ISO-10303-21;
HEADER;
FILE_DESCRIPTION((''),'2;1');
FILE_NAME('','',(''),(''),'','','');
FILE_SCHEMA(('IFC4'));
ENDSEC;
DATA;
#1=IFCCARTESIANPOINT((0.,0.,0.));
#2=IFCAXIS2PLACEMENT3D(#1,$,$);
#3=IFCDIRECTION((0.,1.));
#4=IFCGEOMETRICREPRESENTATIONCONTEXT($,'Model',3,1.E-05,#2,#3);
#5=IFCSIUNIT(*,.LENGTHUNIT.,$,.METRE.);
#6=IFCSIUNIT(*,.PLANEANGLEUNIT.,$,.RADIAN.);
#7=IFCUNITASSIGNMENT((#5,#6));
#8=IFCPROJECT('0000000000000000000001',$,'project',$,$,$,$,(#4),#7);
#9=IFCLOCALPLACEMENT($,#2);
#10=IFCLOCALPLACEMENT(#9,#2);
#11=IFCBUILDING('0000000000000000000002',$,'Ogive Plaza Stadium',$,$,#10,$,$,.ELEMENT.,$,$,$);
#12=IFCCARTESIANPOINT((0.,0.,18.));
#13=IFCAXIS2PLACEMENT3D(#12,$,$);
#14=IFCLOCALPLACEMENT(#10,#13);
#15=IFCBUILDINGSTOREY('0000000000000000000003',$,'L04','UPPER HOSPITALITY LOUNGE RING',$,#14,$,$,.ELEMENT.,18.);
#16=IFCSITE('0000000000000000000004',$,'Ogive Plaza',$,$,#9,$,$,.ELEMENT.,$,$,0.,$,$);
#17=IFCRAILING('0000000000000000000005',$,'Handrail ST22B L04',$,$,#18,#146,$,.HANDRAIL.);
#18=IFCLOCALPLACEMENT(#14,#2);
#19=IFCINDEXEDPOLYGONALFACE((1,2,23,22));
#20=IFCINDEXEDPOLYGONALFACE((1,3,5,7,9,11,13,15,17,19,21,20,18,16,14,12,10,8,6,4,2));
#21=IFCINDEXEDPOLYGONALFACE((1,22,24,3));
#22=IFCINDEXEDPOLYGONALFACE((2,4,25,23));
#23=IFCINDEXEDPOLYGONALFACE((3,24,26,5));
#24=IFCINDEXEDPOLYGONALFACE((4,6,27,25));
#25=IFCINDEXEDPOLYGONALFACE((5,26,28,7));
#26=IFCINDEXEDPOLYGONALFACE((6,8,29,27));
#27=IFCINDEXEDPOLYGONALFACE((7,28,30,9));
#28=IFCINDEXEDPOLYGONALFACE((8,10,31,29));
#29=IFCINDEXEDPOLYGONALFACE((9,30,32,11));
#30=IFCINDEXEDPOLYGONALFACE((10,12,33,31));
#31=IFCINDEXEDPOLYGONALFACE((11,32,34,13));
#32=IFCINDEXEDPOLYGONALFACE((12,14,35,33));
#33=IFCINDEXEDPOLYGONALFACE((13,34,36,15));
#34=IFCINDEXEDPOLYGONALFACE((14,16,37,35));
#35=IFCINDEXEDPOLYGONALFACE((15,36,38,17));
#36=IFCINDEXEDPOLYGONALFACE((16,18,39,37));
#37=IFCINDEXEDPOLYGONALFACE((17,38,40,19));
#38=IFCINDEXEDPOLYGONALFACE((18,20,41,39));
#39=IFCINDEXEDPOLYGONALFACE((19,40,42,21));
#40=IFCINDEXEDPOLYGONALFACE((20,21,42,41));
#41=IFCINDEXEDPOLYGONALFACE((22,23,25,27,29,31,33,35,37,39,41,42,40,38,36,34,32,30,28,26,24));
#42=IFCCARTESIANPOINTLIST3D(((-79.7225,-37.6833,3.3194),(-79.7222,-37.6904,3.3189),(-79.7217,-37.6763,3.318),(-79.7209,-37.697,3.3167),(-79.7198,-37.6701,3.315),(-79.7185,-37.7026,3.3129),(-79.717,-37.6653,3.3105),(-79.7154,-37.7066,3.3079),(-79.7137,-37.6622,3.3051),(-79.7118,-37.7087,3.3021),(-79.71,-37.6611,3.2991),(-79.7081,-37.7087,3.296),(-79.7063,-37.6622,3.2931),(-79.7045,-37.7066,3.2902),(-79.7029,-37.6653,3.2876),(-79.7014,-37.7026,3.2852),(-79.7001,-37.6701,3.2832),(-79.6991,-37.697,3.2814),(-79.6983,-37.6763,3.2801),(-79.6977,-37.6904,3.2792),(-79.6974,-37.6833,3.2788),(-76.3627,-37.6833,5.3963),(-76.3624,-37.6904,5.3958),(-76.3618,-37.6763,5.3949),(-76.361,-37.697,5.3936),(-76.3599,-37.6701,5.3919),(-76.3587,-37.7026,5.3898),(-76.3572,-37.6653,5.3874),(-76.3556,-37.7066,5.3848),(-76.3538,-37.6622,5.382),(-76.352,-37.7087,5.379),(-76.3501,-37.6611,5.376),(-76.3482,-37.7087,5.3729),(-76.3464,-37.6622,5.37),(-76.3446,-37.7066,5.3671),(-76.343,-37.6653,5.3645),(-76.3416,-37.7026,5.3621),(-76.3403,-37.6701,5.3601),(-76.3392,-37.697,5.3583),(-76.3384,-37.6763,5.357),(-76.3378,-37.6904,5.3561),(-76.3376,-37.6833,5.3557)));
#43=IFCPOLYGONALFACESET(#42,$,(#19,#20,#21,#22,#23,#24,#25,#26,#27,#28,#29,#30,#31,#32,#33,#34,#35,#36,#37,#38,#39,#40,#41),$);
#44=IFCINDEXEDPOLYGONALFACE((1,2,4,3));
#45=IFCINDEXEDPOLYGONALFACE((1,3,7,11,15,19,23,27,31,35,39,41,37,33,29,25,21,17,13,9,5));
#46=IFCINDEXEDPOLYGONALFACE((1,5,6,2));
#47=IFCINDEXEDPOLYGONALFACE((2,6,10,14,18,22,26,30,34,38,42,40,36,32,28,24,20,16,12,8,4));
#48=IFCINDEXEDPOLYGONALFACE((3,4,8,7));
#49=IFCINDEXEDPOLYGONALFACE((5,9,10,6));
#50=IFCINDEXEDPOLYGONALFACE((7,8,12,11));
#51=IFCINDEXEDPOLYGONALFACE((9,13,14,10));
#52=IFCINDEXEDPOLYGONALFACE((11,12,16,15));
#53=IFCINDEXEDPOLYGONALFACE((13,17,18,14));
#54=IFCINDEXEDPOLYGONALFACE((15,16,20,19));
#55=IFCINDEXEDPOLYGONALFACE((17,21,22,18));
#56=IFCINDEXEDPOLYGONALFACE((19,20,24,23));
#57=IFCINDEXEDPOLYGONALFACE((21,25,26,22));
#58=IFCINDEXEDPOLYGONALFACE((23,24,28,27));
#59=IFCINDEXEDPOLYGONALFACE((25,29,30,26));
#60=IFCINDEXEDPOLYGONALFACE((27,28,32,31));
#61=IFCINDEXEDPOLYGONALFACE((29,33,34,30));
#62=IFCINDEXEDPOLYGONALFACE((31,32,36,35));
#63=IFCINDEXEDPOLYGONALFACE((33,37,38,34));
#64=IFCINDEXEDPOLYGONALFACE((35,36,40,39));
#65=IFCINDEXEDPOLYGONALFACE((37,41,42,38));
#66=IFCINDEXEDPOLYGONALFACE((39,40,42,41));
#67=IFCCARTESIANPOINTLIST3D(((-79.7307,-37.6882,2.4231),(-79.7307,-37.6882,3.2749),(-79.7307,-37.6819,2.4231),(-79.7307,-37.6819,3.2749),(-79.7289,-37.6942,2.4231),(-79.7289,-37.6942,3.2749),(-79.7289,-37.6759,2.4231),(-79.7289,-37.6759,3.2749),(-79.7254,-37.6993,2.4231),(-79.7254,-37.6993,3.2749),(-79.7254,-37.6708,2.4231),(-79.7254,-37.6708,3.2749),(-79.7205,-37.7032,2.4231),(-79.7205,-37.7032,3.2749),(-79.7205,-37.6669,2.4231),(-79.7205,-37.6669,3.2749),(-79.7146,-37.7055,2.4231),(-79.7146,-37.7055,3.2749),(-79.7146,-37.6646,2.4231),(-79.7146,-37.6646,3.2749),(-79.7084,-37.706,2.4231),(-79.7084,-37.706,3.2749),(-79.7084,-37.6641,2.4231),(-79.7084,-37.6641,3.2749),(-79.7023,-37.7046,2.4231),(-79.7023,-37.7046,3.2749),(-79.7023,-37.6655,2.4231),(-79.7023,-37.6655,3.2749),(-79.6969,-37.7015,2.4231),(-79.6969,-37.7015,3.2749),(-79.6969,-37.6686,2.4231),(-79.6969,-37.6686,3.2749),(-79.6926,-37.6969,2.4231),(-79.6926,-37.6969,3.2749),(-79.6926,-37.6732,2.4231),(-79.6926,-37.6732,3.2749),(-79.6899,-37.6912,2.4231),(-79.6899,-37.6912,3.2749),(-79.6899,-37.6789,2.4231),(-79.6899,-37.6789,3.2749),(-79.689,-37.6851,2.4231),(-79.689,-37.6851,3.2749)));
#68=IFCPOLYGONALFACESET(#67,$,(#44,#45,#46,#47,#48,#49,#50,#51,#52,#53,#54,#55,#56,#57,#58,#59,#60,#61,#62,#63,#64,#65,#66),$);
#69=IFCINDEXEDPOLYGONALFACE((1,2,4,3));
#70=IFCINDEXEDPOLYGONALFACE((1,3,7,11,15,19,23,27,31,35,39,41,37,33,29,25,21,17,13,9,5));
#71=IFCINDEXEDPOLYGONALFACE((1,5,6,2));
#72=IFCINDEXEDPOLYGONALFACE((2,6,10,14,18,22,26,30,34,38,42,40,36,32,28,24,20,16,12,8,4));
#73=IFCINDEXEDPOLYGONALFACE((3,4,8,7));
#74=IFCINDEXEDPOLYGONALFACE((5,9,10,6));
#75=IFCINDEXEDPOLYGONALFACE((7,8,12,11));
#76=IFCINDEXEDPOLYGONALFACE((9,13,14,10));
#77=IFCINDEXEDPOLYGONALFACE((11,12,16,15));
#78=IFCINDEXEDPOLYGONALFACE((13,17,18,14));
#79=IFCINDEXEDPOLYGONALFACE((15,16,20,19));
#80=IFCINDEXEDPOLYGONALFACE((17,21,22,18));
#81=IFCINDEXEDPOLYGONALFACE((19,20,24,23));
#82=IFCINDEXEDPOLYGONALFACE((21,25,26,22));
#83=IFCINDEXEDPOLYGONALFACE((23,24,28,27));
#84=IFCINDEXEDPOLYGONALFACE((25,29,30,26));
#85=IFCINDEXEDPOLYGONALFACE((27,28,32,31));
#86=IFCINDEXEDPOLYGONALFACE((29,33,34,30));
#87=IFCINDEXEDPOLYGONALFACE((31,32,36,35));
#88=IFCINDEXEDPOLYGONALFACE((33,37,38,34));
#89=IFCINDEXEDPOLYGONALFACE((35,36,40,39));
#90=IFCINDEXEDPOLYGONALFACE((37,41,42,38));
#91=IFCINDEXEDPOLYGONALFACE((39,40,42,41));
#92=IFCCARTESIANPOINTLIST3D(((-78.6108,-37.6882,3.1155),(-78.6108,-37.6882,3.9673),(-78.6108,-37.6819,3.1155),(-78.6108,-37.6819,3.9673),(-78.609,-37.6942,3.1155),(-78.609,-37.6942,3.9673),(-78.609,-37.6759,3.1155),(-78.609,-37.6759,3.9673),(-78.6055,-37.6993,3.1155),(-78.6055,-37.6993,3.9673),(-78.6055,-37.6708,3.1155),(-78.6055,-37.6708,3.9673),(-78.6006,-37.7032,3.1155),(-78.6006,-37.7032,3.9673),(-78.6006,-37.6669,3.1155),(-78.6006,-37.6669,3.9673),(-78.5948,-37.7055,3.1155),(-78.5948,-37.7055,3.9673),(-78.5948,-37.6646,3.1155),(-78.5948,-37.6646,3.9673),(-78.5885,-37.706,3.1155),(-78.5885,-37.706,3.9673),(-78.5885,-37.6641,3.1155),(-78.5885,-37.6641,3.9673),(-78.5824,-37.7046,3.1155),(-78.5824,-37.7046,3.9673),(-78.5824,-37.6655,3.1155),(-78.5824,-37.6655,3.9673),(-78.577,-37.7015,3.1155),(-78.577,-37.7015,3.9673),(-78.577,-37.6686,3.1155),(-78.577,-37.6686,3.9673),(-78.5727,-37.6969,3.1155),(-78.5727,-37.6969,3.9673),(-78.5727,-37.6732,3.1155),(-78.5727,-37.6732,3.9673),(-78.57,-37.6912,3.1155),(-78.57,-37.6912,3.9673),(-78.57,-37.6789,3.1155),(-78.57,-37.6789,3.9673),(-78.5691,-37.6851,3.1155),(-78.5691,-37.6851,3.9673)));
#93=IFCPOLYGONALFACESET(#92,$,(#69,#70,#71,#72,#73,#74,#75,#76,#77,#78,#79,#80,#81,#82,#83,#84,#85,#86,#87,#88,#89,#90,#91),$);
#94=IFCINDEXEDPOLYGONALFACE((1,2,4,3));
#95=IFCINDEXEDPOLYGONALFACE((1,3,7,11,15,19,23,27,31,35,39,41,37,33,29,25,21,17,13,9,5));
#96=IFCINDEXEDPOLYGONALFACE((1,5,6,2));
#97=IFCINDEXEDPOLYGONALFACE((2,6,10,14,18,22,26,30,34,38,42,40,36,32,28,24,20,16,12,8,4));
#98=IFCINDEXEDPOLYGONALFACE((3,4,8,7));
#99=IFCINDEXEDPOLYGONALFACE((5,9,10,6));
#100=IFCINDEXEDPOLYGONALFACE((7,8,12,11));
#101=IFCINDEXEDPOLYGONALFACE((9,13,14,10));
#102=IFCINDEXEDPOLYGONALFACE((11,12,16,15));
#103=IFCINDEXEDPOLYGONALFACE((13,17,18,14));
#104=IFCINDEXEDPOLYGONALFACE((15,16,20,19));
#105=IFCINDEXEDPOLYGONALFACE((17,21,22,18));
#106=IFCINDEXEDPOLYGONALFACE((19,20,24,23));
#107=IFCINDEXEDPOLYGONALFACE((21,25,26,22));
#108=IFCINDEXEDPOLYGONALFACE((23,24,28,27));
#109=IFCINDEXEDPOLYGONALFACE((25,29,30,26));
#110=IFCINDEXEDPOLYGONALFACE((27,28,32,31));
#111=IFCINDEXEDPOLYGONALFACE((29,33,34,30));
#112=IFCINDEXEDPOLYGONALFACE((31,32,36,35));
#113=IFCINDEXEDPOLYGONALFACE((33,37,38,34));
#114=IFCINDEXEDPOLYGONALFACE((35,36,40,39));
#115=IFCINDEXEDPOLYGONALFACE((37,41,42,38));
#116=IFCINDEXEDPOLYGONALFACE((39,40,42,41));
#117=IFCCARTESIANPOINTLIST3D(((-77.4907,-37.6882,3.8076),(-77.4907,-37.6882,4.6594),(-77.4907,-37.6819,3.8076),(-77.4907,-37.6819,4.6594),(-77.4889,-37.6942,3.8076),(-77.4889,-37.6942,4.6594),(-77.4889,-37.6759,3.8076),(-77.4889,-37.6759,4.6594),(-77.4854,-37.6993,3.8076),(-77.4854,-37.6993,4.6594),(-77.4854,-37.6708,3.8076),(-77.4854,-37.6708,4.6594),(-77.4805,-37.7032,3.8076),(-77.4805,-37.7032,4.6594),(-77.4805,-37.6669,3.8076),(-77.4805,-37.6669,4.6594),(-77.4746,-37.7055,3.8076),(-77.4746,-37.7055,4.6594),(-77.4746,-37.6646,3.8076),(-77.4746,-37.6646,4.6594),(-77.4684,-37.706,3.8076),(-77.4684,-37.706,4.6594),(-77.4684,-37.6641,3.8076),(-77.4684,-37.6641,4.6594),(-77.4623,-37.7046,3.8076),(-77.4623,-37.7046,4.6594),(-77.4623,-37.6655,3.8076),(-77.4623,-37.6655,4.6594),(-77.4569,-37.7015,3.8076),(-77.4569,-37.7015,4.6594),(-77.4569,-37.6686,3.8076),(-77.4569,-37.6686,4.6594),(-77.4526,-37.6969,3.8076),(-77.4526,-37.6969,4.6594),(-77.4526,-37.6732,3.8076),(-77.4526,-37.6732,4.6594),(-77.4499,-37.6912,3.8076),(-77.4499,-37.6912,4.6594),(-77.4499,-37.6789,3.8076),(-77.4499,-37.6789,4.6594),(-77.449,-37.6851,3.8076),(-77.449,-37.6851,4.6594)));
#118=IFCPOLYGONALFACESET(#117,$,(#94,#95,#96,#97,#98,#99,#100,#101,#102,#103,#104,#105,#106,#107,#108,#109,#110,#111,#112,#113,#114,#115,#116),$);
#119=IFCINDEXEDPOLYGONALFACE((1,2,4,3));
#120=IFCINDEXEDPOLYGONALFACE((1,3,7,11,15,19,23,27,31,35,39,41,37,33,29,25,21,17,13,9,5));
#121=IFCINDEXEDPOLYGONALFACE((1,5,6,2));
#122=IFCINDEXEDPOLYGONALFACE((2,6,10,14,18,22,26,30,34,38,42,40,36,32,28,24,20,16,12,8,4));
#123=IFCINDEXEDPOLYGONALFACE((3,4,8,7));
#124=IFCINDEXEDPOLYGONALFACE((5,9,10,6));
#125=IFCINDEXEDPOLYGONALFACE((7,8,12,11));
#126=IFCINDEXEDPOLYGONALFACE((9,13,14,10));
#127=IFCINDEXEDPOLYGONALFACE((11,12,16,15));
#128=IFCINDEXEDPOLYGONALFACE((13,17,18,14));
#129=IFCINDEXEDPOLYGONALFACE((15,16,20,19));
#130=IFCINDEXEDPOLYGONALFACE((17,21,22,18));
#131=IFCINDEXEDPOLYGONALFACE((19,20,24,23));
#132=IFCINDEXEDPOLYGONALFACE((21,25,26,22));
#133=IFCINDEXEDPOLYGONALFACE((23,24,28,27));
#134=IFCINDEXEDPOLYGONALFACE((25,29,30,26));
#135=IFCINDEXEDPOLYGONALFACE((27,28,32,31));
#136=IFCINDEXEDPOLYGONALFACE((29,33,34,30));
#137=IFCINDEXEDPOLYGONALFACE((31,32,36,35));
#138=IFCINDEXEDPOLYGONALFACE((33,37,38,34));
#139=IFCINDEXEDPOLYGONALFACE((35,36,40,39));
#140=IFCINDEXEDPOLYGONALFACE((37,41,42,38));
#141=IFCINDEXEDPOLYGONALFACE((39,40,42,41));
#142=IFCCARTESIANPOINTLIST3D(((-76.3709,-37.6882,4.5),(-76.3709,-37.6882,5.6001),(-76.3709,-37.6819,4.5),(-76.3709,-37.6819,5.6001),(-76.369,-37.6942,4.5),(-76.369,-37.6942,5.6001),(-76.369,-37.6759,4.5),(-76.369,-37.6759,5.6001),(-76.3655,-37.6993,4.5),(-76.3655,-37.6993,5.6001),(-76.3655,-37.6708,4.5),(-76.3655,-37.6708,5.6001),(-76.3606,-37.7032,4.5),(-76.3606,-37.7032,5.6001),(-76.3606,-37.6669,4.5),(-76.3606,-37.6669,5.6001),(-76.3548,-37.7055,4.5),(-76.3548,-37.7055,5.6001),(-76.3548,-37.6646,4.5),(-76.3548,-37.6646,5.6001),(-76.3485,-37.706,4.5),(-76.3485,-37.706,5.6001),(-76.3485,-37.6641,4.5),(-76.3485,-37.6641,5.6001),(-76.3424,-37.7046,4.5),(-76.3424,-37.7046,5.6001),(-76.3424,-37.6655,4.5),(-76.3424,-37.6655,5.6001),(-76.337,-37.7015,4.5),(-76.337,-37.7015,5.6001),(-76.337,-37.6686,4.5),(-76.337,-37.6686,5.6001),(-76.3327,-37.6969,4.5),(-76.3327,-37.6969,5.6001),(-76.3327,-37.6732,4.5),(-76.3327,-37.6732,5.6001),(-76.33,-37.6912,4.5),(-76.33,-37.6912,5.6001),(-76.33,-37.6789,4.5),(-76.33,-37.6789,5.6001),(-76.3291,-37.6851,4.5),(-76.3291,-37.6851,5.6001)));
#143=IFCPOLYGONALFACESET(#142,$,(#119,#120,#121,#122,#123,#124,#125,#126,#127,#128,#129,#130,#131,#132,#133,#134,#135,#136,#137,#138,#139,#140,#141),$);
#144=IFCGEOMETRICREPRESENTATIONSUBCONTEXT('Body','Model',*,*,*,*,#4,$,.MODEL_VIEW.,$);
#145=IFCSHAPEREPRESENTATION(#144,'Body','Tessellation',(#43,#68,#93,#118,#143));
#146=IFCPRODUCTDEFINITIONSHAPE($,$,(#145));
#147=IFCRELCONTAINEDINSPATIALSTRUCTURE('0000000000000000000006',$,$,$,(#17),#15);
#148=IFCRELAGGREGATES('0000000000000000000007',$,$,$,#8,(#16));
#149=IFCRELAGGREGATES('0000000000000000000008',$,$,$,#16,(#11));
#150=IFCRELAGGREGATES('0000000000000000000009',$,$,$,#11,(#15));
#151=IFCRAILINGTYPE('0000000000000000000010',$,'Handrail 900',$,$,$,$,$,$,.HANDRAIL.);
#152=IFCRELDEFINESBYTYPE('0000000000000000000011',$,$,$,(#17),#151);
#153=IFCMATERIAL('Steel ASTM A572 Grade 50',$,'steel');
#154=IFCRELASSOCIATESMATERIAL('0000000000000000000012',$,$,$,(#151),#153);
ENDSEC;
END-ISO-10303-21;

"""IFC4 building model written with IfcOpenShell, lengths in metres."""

from ifc_helpers import new_model, si_unit, direction, frame, origin, origin_2d, place, context, subcontext, project, spatial, circle, extrude, material, type_object, element, save


model = new_model("IFC4")

# Units and contexts
model_context = context("Model", 3, precision=1e-05, world=origin(), true_north=direction((0.0, 1.0)))
body_context = subcontext(model_context, "Body", "Model", "MODEL_VIEW")
ifc_project = project(units=[si_unit("LENGTHUNIT", "METRE"), si_unit("PLANEANGLEUNIT", "RADIAN")], contexts=[model_context])

# Site, building, storey
site_placement = place(None, origin())
site = spatial("IfcSite", under=ifc_project, at=site_placement, Name="Ogive Plaza", CompositionType="ELEMENT", RefElevation=0.0)
building_placement = place(site_placement, origin())
building = spatial("IfcBuilding", under=site, at=building_placement, Name="Ogive Plaza Stadium", CompositionType="ELEMENT")
storey_placement = place(building_placement, frame((0.0, 0.0, 18.0)))
storey = spatial("IfcBuildingStorey", under=building, at=storey_placement, Name="L04", Description="UPPER HOSPITALITY LOUNGE RING", CompositionType="ELEMENT", Elevation=18.0)

# Railing
ifc_material_1 = material(Name="Steel ASTM A572 Grade 50", Category="steel")
railing_type = type_object("IfcRailingType", Name="Handrail 900", PredefinedType="HANDRAIL", material=ifc_material_1)
for number, where, name in (
    (1, (-79.71, -37.6851, 2.4231), "Handrail ST22B L04"),
):
    element("IfcRailing", number, at=place(storey_placement, frame(where)), inside=storey, type_object=railing_type, Name=name, PredefinedType="HANDRAIL", context=body_context, shape_type="SweptSolid", body=[
        extrude(circle(Radius=0.0239, at=origin_2d()), frame((0.0, 0.0, 0.876), z_axis=(0.850606, 0.0, 0.525803), x_axis=(0.0, 1.0, 0.0)), (0.0, 0.0, 1.0), 3.95),
        extrude(circle(Radius=0.021, at=origin_2d()), origin(), (0.0, 0.0, 1.0), 0.8518),
        extrude(circle(Radius=0.021, at=origin_2d()), frame((1.1199, 0.0, 0.6924)), (0.0, 0.0, 1.0), 0.8518),
        extrude(circle(Radius=0.021, at=origin_2d()), frame((2.24, 0.0, 1.3845)), (0.0, 0.0, 1.0), 0.8518),
        extrude(circle(Radius=0.021, at=origin_2d()), frame((3.3599, 0.0, 2.0769)), (0.0, 0.0, 1.0), 1.1001),
    ])

save(model, "model.ifc")
